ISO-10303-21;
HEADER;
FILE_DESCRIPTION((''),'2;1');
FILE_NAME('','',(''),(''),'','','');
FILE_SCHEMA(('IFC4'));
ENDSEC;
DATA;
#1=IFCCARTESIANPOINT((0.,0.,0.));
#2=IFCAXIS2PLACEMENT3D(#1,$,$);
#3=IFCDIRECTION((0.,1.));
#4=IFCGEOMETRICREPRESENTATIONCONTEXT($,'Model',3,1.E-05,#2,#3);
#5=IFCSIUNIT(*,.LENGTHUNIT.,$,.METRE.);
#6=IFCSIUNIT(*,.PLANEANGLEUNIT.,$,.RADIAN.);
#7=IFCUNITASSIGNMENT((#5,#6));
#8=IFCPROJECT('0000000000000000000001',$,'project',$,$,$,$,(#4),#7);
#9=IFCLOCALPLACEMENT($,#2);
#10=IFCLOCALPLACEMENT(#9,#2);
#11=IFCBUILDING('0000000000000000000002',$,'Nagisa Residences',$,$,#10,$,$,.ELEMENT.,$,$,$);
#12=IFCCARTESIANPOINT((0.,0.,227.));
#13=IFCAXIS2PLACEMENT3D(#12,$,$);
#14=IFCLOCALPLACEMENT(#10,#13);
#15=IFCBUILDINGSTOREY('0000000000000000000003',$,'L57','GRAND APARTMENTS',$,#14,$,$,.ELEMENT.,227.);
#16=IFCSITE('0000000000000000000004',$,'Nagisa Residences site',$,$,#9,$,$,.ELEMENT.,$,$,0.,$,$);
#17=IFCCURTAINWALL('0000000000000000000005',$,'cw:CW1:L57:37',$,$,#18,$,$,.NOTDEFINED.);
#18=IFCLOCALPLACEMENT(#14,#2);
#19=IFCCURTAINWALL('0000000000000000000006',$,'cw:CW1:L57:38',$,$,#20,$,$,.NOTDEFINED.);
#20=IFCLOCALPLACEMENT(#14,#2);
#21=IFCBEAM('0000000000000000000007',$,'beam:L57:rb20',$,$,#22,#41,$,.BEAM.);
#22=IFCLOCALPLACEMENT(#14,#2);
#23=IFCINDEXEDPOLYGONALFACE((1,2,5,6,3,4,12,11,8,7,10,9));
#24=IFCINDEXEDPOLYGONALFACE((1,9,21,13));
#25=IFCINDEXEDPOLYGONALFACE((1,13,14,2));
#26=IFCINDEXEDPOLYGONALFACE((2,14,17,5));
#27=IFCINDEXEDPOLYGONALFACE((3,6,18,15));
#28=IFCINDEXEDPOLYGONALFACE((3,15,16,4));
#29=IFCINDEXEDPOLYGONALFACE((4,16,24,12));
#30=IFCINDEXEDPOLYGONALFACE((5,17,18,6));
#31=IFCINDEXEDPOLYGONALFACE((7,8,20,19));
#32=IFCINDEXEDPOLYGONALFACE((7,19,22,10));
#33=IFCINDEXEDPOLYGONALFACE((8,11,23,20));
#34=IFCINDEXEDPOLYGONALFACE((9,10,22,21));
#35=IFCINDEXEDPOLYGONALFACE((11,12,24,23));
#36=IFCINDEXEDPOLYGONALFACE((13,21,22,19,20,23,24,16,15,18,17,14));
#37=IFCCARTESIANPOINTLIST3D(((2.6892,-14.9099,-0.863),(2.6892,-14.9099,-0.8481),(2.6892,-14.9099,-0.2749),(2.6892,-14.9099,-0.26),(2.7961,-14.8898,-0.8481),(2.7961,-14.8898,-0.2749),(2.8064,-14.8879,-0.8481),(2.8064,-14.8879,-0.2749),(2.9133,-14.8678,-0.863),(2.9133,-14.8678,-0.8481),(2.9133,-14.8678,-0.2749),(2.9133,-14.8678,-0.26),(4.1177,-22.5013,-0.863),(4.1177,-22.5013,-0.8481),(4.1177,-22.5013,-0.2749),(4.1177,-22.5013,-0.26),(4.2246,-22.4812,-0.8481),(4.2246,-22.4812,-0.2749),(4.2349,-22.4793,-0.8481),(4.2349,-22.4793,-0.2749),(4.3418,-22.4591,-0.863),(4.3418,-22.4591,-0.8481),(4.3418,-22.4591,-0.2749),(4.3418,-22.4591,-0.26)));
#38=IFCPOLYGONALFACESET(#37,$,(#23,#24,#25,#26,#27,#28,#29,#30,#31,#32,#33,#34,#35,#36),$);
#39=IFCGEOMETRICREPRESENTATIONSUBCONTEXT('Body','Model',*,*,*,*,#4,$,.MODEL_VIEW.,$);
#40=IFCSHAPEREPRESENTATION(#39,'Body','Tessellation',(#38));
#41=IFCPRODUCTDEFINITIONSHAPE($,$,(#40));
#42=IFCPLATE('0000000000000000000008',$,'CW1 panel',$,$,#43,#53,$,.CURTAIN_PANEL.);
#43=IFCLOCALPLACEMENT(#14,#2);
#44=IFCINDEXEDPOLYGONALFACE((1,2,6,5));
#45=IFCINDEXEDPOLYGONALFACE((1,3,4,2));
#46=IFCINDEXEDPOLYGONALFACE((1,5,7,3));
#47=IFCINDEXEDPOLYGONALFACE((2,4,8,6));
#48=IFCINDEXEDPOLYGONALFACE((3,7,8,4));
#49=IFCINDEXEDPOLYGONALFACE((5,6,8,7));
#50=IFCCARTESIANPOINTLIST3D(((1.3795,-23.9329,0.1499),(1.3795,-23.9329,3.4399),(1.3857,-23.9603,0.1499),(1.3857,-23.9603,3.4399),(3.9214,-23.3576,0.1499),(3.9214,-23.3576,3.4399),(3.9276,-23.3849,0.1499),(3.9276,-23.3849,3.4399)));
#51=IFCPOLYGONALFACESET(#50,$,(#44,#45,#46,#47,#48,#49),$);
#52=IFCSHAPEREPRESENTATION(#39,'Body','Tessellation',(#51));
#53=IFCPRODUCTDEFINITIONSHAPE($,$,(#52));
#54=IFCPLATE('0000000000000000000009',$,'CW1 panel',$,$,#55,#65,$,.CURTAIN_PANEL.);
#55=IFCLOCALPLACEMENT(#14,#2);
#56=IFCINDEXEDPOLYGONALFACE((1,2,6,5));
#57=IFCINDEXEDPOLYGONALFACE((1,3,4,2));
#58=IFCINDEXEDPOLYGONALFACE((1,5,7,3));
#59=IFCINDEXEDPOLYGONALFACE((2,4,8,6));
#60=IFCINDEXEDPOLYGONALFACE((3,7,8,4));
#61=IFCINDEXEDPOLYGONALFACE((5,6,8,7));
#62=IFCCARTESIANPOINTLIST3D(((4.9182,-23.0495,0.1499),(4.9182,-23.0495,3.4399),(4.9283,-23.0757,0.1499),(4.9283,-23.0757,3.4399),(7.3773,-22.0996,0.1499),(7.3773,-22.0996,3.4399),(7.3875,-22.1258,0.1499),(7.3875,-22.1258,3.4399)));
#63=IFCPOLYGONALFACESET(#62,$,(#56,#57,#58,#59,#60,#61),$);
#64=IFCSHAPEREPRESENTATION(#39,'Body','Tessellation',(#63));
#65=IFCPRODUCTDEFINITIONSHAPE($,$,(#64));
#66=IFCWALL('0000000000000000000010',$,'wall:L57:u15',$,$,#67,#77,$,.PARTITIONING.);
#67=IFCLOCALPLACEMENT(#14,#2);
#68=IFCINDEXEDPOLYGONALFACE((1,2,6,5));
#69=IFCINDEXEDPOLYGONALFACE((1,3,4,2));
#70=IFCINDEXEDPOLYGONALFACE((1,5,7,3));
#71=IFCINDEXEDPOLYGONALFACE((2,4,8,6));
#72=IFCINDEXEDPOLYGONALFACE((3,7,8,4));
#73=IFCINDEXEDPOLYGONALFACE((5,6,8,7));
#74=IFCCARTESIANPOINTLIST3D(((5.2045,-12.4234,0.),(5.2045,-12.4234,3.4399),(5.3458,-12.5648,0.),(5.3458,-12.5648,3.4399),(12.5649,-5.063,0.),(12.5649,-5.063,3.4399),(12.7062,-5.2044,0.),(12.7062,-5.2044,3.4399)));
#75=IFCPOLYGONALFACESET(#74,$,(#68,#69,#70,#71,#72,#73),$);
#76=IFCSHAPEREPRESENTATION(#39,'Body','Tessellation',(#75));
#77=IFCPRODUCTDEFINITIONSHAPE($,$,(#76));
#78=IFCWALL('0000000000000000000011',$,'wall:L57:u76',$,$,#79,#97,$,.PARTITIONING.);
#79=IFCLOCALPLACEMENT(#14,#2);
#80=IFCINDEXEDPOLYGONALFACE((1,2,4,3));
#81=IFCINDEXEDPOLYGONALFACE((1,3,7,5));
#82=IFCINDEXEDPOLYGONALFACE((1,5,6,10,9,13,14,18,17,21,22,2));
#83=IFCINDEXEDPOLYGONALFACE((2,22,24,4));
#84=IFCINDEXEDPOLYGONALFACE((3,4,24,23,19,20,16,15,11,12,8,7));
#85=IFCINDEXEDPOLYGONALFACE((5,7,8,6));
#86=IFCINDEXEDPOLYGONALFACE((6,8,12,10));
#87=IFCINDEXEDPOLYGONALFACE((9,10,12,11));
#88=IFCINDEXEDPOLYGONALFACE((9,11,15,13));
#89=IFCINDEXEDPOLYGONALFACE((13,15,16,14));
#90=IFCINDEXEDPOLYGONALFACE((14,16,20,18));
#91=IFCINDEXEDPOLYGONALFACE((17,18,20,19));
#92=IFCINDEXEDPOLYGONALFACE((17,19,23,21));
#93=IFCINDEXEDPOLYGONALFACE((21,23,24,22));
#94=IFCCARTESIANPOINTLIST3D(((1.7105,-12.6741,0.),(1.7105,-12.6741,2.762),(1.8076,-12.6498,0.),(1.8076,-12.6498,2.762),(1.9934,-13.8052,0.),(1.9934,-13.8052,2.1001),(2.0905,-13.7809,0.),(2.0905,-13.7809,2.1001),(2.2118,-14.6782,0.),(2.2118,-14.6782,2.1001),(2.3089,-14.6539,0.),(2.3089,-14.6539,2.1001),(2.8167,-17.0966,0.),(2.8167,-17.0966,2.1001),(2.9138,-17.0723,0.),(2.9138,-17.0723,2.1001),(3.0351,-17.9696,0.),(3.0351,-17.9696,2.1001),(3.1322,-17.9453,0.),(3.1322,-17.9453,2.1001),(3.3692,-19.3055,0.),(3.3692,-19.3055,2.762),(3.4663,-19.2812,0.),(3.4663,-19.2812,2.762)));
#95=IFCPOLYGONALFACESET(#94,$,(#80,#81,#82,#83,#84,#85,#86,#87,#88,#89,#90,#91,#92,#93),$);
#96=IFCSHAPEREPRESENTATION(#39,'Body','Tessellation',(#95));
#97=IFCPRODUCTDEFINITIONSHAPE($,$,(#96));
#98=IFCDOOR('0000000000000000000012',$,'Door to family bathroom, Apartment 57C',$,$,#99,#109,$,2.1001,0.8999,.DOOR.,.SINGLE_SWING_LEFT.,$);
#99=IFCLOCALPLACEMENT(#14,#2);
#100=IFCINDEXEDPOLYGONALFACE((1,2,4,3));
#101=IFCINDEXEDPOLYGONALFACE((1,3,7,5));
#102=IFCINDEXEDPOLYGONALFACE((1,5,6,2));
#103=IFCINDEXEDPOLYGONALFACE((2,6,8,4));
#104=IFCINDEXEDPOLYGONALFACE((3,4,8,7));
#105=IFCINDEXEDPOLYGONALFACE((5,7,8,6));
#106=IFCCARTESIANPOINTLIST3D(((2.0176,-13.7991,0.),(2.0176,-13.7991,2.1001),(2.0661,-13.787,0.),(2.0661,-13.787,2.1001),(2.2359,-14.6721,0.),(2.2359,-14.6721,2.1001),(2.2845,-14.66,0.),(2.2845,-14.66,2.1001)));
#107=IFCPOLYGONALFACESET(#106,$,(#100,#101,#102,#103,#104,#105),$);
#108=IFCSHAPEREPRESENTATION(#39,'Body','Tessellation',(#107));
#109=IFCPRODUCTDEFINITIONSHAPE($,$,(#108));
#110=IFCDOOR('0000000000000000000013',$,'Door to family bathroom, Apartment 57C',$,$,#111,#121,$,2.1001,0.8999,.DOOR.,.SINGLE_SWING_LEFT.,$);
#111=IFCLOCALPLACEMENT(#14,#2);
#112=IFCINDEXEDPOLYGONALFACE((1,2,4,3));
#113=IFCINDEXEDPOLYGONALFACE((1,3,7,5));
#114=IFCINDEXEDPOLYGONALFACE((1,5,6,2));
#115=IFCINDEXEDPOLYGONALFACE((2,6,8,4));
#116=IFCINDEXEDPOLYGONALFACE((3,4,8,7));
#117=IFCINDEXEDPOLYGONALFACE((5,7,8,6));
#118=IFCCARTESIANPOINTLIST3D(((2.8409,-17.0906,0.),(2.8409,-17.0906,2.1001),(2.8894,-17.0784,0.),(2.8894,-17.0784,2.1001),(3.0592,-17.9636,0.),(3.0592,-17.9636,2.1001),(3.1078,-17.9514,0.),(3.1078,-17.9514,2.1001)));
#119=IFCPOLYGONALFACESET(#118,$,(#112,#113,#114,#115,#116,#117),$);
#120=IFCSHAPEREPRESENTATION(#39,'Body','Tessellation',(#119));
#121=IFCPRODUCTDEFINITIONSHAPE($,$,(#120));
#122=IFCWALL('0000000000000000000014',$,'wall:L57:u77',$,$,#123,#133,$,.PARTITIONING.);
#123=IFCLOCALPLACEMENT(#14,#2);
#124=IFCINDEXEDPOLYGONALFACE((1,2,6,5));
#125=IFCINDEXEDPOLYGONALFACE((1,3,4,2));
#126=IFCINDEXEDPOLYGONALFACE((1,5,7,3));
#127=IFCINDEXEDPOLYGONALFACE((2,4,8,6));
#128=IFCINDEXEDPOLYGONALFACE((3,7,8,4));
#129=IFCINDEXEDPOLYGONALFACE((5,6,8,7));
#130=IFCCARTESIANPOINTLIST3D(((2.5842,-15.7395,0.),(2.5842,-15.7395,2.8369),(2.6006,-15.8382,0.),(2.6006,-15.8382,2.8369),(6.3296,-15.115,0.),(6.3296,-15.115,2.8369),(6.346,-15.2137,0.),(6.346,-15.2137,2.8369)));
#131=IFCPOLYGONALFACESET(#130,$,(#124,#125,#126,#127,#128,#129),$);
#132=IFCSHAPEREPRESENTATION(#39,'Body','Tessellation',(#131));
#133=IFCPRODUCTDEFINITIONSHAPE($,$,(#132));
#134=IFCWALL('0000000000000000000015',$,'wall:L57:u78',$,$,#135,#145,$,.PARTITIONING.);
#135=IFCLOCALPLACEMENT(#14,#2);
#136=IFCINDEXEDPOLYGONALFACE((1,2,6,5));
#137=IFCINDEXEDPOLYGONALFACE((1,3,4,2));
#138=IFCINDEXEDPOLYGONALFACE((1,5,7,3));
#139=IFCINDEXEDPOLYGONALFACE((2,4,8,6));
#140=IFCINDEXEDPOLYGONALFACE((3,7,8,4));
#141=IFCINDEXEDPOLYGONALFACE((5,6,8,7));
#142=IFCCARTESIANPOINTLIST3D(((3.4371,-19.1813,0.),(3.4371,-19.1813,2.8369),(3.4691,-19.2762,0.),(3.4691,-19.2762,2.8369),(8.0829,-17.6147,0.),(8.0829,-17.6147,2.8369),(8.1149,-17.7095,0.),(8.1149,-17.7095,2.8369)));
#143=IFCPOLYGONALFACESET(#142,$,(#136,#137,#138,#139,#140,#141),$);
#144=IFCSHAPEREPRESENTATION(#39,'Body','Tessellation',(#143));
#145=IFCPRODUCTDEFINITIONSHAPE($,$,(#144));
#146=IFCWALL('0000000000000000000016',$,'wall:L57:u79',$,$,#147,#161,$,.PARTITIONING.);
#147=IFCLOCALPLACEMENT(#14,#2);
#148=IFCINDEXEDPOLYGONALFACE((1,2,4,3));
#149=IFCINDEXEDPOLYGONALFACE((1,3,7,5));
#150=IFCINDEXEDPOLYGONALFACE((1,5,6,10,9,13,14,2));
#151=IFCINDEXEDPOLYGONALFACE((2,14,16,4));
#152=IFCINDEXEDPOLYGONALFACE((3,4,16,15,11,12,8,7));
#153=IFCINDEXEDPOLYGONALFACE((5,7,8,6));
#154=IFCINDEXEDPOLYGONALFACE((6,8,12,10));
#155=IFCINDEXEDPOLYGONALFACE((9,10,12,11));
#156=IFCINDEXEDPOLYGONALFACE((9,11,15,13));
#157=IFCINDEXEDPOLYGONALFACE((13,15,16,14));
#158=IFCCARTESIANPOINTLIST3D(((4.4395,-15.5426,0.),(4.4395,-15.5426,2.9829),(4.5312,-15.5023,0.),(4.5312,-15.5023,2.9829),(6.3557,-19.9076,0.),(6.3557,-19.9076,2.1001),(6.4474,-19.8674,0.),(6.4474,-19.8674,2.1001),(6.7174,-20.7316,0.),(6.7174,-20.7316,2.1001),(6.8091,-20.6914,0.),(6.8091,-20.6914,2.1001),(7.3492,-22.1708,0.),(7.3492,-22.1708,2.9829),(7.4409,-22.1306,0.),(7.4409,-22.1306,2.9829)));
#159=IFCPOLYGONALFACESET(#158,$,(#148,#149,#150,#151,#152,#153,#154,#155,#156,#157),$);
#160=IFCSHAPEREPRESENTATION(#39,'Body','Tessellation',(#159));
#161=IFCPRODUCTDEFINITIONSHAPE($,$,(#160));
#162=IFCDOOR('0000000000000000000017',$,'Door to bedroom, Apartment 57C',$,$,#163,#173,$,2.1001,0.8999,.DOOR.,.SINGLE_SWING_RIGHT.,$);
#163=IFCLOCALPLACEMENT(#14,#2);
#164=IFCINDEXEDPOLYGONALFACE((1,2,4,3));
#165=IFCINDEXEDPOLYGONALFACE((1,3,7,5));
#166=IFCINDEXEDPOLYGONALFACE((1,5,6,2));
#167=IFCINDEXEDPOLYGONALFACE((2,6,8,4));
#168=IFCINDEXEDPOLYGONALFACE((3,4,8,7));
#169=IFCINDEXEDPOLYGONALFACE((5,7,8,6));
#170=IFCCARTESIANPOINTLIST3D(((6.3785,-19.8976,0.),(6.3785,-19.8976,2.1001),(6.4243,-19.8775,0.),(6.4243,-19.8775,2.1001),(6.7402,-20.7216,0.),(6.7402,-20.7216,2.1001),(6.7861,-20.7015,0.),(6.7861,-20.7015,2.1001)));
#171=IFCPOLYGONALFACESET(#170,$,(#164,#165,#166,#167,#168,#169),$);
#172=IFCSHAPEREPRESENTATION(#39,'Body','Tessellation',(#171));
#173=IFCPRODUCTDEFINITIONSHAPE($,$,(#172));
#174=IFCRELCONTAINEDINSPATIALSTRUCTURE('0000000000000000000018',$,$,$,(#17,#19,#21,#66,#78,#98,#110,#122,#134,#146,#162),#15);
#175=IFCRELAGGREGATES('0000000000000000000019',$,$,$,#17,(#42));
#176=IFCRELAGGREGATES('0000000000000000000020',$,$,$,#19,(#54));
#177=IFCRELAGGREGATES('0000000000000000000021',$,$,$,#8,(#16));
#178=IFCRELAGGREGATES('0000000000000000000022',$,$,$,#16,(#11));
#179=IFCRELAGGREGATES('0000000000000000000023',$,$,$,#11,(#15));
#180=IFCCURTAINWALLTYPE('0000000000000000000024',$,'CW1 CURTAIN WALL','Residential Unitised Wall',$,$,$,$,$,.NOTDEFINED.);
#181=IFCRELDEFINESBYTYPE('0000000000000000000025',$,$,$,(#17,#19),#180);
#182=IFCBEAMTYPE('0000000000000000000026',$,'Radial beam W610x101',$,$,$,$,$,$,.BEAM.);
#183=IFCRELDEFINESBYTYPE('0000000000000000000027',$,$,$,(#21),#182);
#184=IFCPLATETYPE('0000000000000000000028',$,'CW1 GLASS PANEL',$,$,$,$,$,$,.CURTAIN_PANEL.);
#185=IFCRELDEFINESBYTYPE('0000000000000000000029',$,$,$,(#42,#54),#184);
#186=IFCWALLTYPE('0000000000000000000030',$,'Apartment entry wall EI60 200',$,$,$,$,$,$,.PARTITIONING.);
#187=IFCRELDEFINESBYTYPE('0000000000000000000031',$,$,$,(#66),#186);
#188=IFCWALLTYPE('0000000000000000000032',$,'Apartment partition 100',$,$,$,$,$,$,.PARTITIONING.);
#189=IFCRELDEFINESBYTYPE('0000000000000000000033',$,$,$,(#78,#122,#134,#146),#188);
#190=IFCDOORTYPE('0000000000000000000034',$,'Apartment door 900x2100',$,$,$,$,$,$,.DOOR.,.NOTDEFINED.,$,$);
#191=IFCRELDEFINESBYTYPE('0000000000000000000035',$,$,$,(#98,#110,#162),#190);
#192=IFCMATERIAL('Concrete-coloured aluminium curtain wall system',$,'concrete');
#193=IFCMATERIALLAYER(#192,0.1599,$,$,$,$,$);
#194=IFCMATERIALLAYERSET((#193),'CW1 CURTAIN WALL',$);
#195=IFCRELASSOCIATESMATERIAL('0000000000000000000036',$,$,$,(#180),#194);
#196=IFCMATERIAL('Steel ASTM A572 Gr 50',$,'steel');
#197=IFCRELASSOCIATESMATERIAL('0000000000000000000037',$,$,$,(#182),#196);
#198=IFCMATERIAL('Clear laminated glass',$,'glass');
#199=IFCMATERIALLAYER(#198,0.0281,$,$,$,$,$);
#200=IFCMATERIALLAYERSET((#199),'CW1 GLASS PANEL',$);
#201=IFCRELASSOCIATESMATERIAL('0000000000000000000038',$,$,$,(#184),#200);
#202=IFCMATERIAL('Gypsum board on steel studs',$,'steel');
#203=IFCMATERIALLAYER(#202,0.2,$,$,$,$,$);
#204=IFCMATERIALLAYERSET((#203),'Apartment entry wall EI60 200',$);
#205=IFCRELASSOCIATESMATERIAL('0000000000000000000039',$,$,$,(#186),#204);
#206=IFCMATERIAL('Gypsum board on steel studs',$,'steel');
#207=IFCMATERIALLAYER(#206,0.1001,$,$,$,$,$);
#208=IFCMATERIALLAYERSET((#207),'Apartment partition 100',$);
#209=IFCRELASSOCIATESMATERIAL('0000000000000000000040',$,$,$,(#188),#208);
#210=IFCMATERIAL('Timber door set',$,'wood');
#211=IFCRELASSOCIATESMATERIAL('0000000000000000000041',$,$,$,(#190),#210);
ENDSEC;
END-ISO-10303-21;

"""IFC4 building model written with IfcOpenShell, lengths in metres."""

from ifc_helpers import new_model, si_unit, direction, frame, frame_2d, origin, origin_2d, place, context, subcontext, project, spatial, rectangle, i_section, extrude, material, layer, layer_set, material_profile, profile_set, type_object, element, fill, aggregate, save


model = new_model("IFC4")

# Units and contexts
model_context = context("Model", 3, precision=1e-05, world=origin(), true_north=direction((0.0, 1.0)))
body_context = subcontext(model_context, "Body", "Model", "MODEL_VIEW")
ifc_project = project(units=[si_unit("LENGTHUNIT", "METRE"), si_unit("PLANEANGLEUNIT", "RADIAN")], contexts=[model_context])

# Site, building, storey
site_placement = place(None, origin())
site = spatial("IfcSite", under=ifc_project, at=site_placement, Name="Nagisa Residences site", CompositionType="ELEMENT", RefElevation=0.0)
building_placement = place(site_placement, origin())
building = spatial("IfcBuilding", under=site, at=building_placement, Name="Nagisa Residences", CompositionType="ELEMENT")
storey_placement = place(building_placement, frame((0.0, 0.0, 227.0)))
storey = spatial("IfcBuildingStorey", under=building, at=storey_placement, Name="L57", Description="GRAND APARTMENTS", CompositionType="ELEMENT", Elevation=227.0)

# Curtain walls
ifc_material_1 = material(Name="Concrete-coloured aluminium curtain wall system", Category="concrete")
ifc_layer_1 = layer(ifc_material_1, 0.1599)
ifc_layer_set_1 = layer_set([ifc_layer_1], Name="CW1 CURTAIN WALL")
curtain_wall_type = type_object("IfcCurtainWallType", Name="CW1 CURTAIN WALL", Description="Residential Unitised Wall", PredefinedType="NOTDEFINED", material=ifc_layer_set_1)
curtain_wall_1_placement = place(storey_placement, origin())
curtain_wall_1 = element("IfcCurtainWall", 1, at=curtain_wall_1_placement, inside=storey, type_object=curtain_wall_type, Name="cw:CW1:L57:37", PredefinedType="NOTDEFINED")
curtain_wall_2_placement = place(storey_placement, origin())
curtain_wall_2 = element("IfcCurtainWall", 2, at=curtain_wall_2_placement, inside=storey, type_object=curtain_wall_type, Name="cw:CW1:L57:38", PredefinedType="NOTDEFINED")

# Beam
ifc_material_2 = material(Name="Steel ASTM A572 Gr 50", Category="steel")
ifc_material_profile_1 = material_profile(ifc_material_2, i_section(OverallWidth=0.228, OverallDepth=0.603, WebThickness=0.0105, FlangeThickness=0.0149, at=origin_2d()), Name="W610x101")
ifc_profile_set_1 = profile_set([ifc_material_profile_1], Name="Steel ASTM A572 Gr 50")
beam_type_1 = type_object("IfcBeamType", Name="Radial beam W610x101", PredefinedType="BEAM", material=ifc_profile_set_1)
beam_1_placement = place(storey_placement, frame((4.2297, -22.4802, -0.5615), z_axis=(-0.184926, 0.982752, 0.0), x_axis=(-0.982752, -0.184926, 0.0)))
element("IfcBeam", 3, at=beam_1_placement, inside=storey, type_object=beam_type_1, Name="beam:L57:rb20", PredefinedType="BEAM", context=body_context, shape_type="SweptSolid", body=[
    extrude(i_section(OverallWidth=0.228, OverallDepth=0.603, WebThickness=0.0105, FlangeThickness=0.0149, at=origin_2d()), origin(), (0.0, 0.0, 1.0), 7.7246),
])

# Plates
ifc_material_3 = material(Name="Clear laminated glass", Category="glass")
ifc_layer_2 = layer(ifc_material_3, 0.0281)
ifc_layer_set_2 = layer_set([ifc_layer_2], Name="CW1 GLASS PANEL")
plate_type = type_object("IfcPlateType", Name="CW1 GLASS PANEL", PredefinedType="CURTAIN_PANEL", material=ifc_layer_set_2)
plate_1_placement = place(storey_placement, frame((2.6536, -23.6589, 0.1499), z_axis=(0.0, 0.0, 1.0), x_axis=(0.975327, 0.220764, 0.0)))
plate_1 = element("IfcPlate", 4, at=plate_1_placement, type_object=plate_type, Name="CW1 panel", PredefinedType="CURTAIN_PANEL", context=body_context, shape_type="SweptSolid", body=[
    extrude(rectangle(XDim=2.6062, YDim=0.0281, at=origin_2d()), origin(), (0.0, 0.0, 1.0), 3.29),
])
aggregate(curtain_wall_1, [plate_1])
plate_2_placement = place(storey_placement, frame((6.1528, -22.5876, 0.1499), z_axis=(0.0, 0.0, 1.0), x_axis=(0.932826, 0.360328, 0.0)))
plate_2 = element("IfcPlate", 5, at=plate_2_placement, type_object=plate_type, Name="CW1 panel", PredefinedType="CURTAIN_PANEL", context=body_context, shape_type="SweptSolid", body=[
    extrude(rectangle(XDim=2.6362, YDim=0.0281, at=origin_2d()), origin(), (0.0, 0.0, 1.0), 3.29),
])
aggregate(curtain_wall_2, [plate_2])

# Wall
ifc_material_4 = material(Name="Gypsum board on steel studs", Category="steel")
ifc_layer_3 = layer(ifc_material_4, 0.2)
ifc_layer_set_3 = layer_set([ifc_layer_3], Name="Apartment entry wall EI60 200")
wall_type_1 = type_object("IfcWallType", Name="Apartment entry wall EI60 200", PredefinedType="PARTITIONING", material=ifc_layer_set_3)
wall_1_placement = place(storey_placement, frame((5.2751, -12.4941, 0.0), z_axis=(0.0, 0.0, 1.0), x_axis=(0.707107, 0.707107, 0.0)))
element("IfcWall", 6, at=wall_1_placement, inside=storey, type_object=wall_type_1, Name="wall:L57:u15", PredefinedType="PARTITIONING", context=body_context, shape_type="SweptSolid", body=[
    extrude(rectangle(XDim=10.4092, YDim=0.2, at=frame_2d((5.2046, 0.0))), origin(), (0.0, 0.0, 1.0), 3.4399),
])

# Wall, openings, doors
ifc_material_5 = material(Name="Gypsum board on steel studs", Category="steel")
ifc_layer_4 = layer(ifc_material_5, 0.1001)
ifc_layer_set_4 = layer_set([ifc_layer_4], Name="Apartment partition 100")
wall_type_2 = type_object("IfcWallType", Name="Apartment partition 100", PredefinedType="PARTITIONING", material=ifc_layer_set_4)
wall_2_placement = place(storey_placement, frame((1.759, -12.6619, 0.0), z_axis=(0.0, 0.0, 1.0), x_axis=(0.242653, -0.970113, 0.0)))
wall_2 = element("IfcWall", 7, at=wall_2_placement, inside=storey, type_object=wall_type_2, Name="wall:L57:u76", PredefinedType="PARTITIONING", context=body_context, shape_type="SweptSolid", body=[
    extrude(rectangle(XDim=6.8357, YDim=0.1001, at=frame_2d((3.418, 0.0))), origin(), (0.0, 0.0, 1.0), 2.762),
])
opening_1_placement = place(wall_2_placement, frame((1.166, 0.0, 0.0)))
opening_1 = element("IfcOpeningElement", 8, at=opening_1_placement, cuts=wall_2, PredefinedType="OPENING", context=body_context, shape_type="SweptSolid", body=[
    extrude(rectangle(XDim=0.8999, YDim=2.1001, at=frame_2d((0.45, 1.05))), frame((0.0, 0.0601, 0.0), z_axis=(0.0, -1.0, 0.0), x_axis=(1.0, 0.0, 0.0)), (0.0, 0.0, 1.0), 0.1201),
])
opening_2_placement = place(wall_2_placement, frame((4.5588, 0.0, 0.0)))
opening_2 = element("IfcOpeningElement", 9, at=opening_2_placement, cuts=wall_2, PredefinedType="OPENING", context=body_context, shape_type="SweptSolid", body=[
    extrude(rectangle(XDim=0.8999, YDim=2.1001, at=frame_2d((0.45, 1.05))), frame((0.0, 0.0601, 0.0), z_axis=(0.0, -1.0, 0.0), x_axis=(1.0, 0.0, 0.0)), (0.0, 0.0, 1.0), 0.1201),
])
ifc_material_6 = material(Name="Timber door set", Category="wood")
door_type_1 = type_object("IfcDoorType", Name="Apartment door 900x2100", OperationType="NOTDEFINED", PredefinedType="DOOR", material=ifc_material_6)
door_1_placement = place(opening_1_placement, origin())
door_1 = element("IfcDoor", 10, at=door_1_placement, inside=storey, type_object=door_type_1, Name="Door to family bathroom, Apartment 57C", OperationType="SINGLE_SWING_LEFT", OverallHeight=2.1001, OverallWidth=0.8999, PredefinedType="DOOR", context=body_context, shape_type="SweptSolid", body=[
    extrude(rectangle(XDim=0.8999, YDim=2.1001, at=frame_2d((0.45, 1.05))), frame((0.0, 0.0249, 0.0), z_axis=(0.0, -1.0, 0.0), x_axis=(1.0, 0.0, 0.0)), (0.0, 0.0, 1.0), 0.05),
])
fill(opening_1, door_1)
door_2_placement = place(opening_2_placement, origin())
door_2 = element("IfcDoor", 11, at=door_2_placement, inside=storey, type_object=door_type_1, Name="Door to family bathroom, Apartment 57C", OperationType="SINGLE_SWING_LEFT", OverallHeight=2.1001, OverallWidth=0.8999, PredefinedType="DOOR", context=body_context, shape_type="SweptSolid", body=[
    extrude(rectangle(XDim=0.8999, YDim=2.1001, at=frame_2d((0.45, 1.05))), frame((0.0, 0.0249, 0.0), z_axis=(0.0, -1.0, 0.0), x_axis=(1.0, 0.0, 0.0)), (0.0, 0.0, 1.0), 0.05),
])
fill(opening_2, door_2)

# Walls
wall_3_placement = place(storey_placement, frame((2.5925, -15.7888, 0.0), z_axis=(0.0, 0.0, 1.0), x_axis=(0.986382, 0.164472, 0.0)))
element("IfcWall", 12, at=wall_3_placement, inside=storey, type_object=wall_type_2, Name="wall:L57:u77", PredefinedType="PARTITIONING", context=body_context, shape_type="SweptSolid", body=[
    extrude(rectangle(XDim=3.7971, YDim=0.1001, at=frame_2d((1.8984, 0.0))), origin(), (0.0, 0.0, 1.0), 2.8369),
])
wall_4_placement = place(storey_placement, frame((3.4531, -19.2288, 0.0), z_axis=(0.0, 0.0, 1.0), x_axis=(0.947572, 0.319542, 0.0)))
element("IfcWall", 13, at=wall_4_placement, inside=storey, type_object=wall_type_2, Name="wall:L57:u78", PredefinedType="PARTITIONING", context=body_context, shape_type="SweptSolid", body=[
    extrude(rectangle(XDim=4.9028, YDim=0.1001, at=frame_2d((2.4514, 0.0))), origin(), (0.0, 0.0, 1.0), 2.8369),
])

# Wall, opening, door
wall_5_placement = place(storey_placement, frame((4.4854, -15.5225, 0.0), z_axis=(0.0, 0.0, 1.0), x_axis=(0.40196, -0.915657, 0.0)))
wall_5 = element("IfcWall", 14, at=wall_5_placement, inside=storey, type_object=wall_type_2, Name="wall:L57:u79", PredefinedType="PARTITIONING", context=body_context, shape_type="SweptSolid", body=[
    extrude(rectangle(XDim=7.2388, YDim=0.1001, at=frame_2d((3.6194, 0.0))), origin(), (0.0, 0.0, 1.0), 2.9829),
])
opening_3_placement = place(wall_5_placement, frame((4.7671, 0.0, 0.0)))
opening_3 = element("IfcOpeningElement", 15, at=opening_3_placement, cuts=wall_5, PredefinedType="OPENING", context=body_context, shape_type="SweptSolid", body=[
    extrude(rectangle(XDim=0.8999, YDim=2.1001, at=frame_2d((0.45, 1.05))), frame((0.0, 0.0601, 0.0), z_axis=(0.0, -1.0, 0.0), x_axis=(1.0, 0.0, 0.0)), (0.0, 0.0, 1.0), 0.1201),
])
door_3_placement = place(opening_3_placement, origin())
door_3 = element("IfcDoor", 16, at=door_3_placement, inside=storey, type_object=door_type_1, Name="Door to bedroom, Apartment 57C", OperationType="SINGLE_SWING_RIGHT", OverallHeight=2.1001, OverallWidth=0.8999, PredefinedType="DOOR", context=body_context, shape_type="SweptSolid", body=[
    extrude(rectangle(XDim=0.8999, YDim=2.1001, at=frame_2d((0.45, 1.05))), frame((0.0, 0.0249, 0.0), z_axis=(0.0, -1.0, 0.0), x_axis=(1.0, 0.0, 0.0)), (0.0, 0.0, 1.0), 0.05),
])
fill(opening_3, door_3)

save(model, "model.ifc")
